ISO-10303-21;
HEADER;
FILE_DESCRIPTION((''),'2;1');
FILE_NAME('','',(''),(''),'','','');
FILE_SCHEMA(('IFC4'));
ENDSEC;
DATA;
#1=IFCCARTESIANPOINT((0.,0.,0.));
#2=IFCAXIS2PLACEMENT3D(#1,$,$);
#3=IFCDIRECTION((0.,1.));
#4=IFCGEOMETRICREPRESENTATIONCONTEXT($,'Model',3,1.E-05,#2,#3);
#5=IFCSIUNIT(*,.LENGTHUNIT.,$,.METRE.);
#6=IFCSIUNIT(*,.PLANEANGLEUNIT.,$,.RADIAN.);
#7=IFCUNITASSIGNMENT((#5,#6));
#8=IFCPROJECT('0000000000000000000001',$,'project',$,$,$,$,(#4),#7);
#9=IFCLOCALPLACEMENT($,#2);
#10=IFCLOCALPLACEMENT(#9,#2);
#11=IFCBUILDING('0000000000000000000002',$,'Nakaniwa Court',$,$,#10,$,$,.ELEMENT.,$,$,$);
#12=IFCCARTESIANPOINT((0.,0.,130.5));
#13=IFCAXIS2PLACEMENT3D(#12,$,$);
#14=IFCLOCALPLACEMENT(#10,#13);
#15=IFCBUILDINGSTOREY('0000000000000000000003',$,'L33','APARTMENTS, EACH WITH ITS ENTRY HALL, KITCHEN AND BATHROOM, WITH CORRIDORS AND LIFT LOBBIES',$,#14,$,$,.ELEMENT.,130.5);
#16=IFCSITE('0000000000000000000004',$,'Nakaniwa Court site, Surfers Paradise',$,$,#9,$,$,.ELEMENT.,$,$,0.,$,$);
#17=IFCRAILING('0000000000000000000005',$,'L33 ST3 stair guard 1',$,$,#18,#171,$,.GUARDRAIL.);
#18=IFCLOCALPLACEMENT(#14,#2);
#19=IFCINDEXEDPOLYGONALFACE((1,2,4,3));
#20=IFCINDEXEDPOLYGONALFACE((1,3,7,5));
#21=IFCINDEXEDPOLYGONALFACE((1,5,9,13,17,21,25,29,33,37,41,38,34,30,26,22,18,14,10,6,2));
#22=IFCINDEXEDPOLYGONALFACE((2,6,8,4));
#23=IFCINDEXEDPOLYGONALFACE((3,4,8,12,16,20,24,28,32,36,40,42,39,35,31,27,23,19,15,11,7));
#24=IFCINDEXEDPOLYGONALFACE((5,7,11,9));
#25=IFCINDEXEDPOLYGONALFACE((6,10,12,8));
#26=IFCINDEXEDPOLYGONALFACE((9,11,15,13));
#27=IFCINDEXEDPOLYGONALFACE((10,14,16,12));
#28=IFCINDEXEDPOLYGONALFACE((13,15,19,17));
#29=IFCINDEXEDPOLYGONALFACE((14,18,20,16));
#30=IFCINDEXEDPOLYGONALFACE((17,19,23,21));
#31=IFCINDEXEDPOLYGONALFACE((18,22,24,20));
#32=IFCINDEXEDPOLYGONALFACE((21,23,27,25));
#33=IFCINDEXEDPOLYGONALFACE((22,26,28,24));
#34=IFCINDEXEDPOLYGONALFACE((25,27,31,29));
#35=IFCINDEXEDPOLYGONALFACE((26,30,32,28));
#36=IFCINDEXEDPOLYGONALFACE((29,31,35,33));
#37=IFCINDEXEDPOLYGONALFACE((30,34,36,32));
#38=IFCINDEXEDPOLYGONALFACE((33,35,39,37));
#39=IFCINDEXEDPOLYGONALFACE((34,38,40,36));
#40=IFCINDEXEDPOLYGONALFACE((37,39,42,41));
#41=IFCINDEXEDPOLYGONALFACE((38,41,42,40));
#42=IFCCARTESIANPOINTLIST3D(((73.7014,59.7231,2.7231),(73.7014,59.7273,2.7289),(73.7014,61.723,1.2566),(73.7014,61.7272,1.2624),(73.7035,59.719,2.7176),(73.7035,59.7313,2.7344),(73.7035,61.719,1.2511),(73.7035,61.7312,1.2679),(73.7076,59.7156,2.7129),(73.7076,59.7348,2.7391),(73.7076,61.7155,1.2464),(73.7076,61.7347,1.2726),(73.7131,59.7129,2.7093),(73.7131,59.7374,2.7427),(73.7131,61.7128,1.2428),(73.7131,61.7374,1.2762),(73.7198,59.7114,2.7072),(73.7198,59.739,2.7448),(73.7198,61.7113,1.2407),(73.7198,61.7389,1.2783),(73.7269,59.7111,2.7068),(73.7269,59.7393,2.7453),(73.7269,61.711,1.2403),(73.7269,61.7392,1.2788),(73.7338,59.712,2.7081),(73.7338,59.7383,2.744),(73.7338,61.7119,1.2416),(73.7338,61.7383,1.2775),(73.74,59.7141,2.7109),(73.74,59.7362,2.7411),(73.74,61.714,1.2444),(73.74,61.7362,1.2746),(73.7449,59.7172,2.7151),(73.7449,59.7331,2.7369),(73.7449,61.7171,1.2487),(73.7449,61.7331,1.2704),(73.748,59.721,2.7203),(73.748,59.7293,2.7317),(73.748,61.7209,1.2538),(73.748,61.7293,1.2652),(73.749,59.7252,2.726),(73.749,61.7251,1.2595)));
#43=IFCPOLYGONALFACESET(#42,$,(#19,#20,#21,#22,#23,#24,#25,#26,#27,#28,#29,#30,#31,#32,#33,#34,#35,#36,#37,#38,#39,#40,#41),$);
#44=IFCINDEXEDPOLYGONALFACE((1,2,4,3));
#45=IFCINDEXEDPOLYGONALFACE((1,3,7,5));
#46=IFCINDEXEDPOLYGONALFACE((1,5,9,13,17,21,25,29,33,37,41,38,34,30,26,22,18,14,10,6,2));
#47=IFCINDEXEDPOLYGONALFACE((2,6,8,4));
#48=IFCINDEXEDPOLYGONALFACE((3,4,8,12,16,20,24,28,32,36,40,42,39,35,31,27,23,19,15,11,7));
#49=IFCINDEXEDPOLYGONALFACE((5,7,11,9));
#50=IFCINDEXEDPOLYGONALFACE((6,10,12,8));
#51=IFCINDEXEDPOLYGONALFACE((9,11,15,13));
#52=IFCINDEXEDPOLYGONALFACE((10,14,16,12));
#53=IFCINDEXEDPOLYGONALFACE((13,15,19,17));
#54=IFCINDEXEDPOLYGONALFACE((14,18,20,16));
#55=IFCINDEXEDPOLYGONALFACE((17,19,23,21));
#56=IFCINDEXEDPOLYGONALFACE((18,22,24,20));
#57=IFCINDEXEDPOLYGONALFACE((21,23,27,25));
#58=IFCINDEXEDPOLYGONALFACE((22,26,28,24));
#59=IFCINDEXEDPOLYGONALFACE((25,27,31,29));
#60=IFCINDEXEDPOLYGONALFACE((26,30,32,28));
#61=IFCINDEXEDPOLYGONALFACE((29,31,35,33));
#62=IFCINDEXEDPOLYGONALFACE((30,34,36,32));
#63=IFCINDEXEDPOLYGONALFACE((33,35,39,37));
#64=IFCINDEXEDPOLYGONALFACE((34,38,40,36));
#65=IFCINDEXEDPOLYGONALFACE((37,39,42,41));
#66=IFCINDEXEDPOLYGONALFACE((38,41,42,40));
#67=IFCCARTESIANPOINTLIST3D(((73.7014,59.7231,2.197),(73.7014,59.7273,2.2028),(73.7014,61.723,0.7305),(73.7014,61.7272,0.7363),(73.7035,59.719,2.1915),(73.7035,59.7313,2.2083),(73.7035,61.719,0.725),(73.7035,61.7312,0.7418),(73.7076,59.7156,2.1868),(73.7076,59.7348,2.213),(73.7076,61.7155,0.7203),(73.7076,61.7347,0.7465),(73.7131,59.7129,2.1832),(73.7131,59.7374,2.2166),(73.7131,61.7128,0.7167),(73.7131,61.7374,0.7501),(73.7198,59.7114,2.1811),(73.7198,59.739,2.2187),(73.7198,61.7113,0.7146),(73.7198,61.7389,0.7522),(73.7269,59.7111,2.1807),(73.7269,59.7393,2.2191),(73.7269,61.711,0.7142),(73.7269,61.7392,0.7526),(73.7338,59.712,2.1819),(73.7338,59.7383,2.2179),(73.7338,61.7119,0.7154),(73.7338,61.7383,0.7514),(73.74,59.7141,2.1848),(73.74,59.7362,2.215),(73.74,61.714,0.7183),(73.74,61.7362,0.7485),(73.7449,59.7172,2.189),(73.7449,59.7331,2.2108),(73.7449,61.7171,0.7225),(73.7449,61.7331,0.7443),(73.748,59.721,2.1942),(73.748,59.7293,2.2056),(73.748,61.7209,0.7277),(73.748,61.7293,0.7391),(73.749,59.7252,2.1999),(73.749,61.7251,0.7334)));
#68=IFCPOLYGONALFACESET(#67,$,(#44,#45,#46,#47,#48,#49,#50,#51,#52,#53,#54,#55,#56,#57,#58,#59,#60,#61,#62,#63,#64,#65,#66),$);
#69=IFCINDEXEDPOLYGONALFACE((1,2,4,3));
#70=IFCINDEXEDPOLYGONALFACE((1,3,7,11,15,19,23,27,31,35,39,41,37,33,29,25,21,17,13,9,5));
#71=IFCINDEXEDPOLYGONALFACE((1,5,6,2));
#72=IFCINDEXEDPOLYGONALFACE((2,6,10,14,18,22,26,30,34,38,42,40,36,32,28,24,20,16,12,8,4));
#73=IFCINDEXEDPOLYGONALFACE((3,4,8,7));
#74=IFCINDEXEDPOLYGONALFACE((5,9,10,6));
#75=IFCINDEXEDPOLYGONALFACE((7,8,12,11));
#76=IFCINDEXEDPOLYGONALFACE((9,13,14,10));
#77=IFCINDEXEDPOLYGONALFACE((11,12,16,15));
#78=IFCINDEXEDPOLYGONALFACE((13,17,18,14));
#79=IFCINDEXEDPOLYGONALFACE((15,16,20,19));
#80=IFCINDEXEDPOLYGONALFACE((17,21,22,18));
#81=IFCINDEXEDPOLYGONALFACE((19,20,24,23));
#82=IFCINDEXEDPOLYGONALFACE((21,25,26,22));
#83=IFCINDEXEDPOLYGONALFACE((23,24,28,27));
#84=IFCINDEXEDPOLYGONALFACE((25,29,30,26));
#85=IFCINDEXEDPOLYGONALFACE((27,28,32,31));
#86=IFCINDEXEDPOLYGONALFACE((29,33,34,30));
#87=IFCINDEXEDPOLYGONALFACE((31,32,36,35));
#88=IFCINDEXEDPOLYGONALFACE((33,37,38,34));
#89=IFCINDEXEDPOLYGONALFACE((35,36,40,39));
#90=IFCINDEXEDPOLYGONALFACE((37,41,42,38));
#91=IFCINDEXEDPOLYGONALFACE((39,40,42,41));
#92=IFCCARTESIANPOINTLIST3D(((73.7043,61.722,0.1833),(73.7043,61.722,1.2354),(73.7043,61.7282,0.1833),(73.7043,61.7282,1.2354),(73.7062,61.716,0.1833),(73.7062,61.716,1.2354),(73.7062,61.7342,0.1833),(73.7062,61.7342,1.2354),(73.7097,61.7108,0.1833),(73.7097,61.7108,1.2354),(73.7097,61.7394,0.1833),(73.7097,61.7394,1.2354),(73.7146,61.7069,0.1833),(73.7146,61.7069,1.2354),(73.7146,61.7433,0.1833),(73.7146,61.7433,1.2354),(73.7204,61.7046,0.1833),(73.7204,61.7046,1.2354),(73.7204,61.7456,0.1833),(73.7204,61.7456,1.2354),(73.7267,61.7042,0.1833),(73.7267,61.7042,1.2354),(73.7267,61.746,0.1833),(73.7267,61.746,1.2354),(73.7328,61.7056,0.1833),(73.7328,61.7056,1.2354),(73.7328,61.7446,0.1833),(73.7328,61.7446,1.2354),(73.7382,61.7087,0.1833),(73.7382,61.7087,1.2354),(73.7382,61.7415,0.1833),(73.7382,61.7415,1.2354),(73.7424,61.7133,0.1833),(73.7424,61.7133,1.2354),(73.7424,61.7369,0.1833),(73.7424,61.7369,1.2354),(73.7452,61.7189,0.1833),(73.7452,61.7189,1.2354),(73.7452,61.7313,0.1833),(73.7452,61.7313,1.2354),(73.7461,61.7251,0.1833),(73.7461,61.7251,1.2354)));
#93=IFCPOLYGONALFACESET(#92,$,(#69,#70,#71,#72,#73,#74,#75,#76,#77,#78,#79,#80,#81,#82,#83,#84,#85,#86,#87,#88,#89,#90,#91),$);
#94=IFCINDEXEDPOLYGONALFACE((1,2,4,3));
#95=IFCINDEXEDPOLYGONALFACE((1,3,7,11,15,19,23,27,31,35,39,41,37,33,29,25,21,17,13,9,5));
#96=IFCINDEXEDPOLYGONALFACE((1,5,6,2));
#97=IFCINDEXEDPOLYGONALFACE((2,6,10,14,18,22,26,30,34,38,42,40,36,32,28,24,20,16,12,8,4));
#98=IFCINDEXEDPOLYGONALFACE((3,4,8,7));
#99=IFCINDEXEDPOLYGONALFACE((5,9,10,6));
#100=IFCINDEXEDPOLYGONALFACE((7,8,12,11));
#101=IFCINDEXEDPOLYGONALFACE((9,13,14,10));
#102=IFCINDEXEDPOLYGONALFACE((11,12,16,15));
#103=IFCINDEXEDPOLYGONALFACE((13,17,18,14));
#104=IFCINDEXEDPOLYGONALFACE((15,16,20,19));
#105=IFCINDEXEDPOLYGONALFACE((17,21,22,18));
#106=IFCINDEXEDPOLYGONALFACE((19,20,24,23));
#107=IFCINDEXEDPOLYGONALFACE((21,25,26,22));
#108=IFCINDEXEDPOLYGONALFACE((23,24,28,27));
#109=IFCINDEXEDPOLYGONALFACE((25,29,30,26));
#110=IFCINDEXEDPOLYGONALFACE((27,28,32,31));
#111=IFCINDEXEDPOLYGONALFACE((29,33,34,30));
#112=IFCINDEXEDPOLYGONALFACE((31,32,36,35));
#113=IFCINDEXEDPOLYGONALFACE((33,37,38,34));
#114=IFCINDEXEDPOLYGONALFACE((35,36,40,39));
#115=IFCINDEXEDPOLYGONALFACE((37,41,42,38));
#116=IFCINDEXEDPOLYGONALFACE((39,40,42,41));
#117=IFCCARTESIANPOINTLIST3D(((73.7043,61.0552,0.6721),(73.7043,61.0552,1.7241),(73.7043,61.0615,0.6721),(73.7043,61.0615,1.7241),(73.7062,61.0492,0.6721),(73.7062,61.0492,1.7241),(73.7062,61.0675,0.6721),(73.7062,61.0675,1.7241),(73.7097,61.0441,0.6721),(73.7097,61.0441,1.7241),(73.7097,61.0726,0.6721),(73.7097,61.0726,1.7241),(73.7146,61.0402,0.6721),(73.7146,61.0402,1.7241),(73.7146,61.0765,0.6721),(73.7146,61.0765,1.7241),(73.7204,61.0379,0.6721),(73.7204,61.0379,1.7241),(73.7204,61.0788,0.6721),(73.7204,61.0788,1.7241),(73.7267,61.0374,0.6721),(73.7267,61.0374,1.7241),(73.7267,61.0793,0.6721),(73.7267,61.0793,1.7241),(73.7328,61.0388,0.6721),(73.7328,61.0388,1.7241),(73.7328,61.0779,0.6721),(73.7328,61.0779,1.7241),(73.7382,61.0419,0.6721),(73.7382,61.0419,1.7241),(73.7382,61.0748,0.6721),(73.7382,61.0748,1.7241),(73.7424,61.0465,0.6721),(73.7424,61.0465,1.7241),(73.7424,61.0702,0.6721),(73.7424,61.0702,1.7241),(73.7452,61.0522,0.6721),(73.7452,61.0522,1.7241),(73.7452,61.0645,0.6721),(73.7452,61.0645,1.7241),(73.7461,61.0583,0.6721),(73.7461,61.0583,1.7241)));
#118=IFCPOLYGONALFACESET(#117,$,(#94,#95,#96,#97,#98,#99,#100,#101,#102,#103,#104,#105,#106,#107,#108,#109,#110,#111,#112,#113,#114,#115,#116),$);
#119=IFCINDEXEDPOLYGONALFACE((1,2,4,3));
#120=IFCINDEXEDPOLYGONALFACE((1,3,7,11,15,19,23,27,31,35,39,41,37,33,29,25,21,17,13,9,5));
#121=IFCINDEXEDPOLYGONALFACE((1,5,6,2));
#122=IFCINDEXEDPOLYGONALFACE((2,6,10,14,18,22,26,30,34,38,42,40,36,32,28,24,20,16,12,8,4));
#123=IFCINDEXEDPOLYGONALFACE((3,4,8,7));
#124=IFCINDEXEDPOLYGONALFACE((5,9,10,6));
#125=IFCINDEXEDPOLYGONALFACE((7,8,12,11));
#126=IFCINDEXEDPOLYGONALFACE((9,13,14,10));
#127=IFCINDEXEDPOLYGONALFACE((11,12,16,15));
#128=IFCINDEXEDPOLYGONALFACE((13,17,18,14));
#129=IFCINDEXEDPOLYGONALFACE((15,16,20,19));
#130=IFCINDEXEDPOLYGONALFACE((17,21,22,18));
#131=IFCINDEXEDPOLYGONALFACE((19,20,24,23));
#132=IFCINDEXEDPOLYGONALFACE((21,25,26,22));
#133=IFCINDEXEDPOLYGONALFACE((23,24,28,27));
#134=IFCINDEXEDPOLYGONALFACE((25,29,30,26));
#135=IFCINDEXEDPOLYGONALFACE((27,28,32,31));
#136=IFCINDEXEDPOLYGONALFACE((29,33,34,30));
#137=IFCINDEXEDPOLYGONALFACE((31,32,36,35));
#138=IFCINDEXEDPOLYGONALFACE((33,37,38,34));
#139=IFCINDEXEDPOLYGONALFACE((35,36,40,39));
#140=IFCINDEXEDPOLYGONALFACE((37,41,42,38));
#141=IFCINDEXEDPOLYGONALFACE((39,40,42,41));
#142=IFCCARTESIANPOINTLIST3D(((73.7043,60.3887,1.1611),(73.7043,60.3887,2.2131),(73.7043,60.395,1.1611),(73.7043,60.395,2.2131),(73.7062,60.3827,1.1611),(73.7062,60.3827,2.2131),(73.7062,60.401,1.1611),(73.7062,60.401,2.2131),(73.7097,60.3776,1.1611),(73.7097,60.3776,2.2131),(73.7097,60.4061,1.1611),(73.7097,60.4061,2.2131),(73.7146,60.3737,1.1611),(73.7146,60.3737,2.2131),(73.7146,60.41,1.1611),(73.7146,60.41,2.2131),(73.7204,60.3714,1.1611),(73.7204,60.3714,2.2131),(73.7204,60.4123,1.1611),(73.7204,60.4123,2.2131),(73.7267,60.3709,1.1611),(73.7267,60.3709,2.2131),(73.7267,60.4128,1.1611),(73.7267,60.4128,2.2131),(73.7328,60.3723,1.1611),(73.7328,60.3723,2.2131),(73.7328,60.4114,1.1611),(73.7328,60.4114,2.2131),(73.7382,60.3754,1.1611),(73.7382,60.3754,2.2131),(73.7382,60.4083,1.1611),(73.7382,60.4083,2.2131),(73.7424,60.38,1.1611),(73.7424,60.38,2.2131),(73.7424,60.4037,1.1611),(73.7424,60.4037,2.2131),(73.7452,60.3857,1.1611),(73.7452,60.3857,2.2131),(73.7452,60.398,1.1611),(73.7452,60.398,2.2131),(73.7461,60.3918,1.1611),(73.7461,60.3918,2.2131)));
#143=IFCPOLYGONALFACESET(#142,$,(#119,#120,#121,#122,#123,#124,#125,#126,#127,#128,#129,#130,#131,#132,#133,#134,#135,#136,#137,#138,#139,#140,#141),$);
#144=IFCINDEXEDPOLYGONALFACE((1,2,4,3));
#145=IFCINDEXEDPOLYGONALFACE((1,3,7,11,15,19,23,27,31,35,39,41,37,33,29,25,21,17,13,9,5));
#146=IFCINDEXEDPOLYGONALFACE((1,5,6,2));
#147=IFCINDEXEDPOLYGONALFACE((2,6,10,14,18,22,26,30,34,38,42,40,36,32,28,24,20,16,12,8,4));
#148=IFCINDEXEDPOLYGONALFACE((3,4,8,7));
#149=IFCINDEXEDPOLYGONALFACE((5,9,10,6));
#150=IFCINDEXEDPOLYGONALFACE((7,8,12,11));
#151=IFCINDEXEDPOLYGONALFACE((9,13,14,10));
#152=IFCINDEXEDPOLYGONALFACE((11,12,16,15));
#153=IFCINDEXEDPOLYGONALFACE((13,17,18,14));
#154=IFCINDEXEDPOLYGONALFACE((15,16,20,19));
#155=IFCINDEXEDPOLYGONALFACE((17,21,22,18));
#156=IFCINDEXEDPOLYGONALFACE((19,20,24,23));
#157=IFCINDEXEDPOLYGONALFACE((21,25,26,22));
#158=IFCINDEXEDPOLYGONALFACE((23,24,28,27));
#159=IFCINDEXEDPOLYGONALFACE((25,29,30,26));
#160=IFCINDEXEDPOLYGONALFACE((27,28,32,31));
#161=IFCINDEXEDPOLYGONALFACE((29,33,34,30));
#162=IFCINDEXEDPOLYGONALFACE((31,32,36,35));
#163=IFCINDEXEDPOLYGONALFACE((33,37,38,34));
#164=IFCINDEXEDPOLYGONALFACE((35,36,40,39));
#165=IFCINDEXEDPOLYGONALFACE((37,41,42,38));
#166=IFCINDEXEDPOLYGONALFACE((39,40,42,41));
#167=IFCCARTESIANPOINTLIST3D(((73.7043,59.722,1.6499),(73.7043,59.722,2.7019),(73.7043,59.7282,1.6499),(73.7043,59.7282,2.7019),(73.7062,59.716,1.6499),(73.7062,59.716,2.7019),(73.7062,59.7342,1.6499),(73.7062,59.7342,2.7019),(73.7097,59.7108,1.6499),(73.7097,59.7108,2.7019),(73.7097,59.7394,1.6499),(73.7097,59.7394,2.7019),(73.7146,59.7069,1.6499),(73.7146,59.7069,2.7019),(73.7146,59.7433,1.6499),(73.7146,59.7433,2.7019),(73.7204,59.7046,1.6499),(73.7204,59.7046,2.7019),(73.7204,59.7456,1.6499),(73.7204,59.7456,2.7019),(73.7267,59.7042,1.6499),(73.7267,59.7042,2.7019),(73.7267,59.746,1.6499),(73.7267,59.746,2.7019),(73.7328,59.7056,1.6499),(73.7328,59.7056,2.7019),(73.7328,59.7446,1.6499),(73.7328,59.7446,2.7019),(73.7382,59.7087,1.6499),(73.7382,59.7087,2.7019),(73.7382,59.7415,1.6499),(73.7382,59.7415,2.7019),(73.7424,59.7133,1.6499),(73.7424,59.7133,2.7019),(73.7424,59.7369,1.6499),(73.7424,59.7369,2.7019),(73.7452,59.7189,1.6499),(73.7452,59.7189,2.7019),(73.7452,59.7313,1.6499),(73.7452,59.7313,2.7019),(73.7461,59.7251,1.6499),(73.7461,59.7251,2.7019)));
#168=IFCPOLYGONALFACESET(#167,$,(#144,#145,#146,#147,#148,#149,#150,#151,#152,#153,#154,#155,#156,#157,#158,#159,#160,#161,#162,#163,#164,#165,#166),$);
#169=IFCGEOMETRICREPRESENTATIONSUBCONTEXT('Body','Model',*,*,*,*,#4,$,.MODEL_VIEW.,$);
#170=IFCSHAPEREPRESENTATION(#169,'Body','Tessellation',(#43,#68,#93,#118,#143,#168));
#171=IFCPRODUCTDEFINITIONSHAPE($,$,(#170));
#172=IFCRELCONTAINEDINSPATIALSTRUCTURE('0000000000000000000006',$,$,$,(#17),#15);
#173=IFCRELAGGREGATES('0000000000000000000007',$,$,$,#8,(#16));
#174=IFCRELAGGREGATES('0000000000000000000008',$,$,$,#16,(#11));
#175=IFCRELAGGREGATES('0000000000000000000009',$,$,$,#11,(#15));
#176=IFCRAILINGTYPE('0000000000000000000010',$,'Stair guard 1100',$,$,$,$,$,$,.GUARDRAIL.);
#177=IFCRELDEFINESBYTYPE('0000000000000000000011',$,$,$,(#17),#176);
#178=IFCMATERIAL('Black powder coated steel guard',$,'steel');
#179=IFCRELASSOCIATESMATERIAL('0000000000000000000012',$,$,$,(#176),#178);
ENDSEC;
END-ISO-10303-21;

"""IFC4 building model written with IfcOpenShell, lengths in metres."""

from ifc_helpers import new_model, si_unit, direction, frame, origin, origin_2d, place, context, subcontext, project, spatial, circle, extrude, material, type_object, element, save


model = new_model("IFC4")

# Units and contexts
model_context = context("Model", 3, precision=1e-05, world=origin(), true_north=direction((0.0, 1.0)))
body_context = subcontext(model_context, "Body", "Model", "MODEL_VIEW")
ifc_project = project(units=[si_unit("LENGTHUNIT", "METRE"), si_unit("PLANEANGLEUNIT", "RADIAN")], contexts=[model_context])

# Site, building, storey
site_placement = place(None, origin())
site = spatial("IfcSite", under=ifc_project, at=site_placement, Name="Nakaniwa Court site, Surfers Paradise", CompositionType="ELEMENT", RefElevation=0.0)
building_placement = place(site_placement, origin())
building = spatial("IfcBuilding", under=site, at=building_placement, Name="Nakaniwa Court", CompositionType="ELEMENT")
storey_placement = place(building_placement, frame((0.0, 0.0, 130.5)))
storey = spatial("IfcBuildingStorey", under=building, at=storey_placement, Name="L33", Description="APARTMENTS, EACH WITH ITS ENTRY HALL, KITCHEN AND BATHROOM, WITH CORRIDORS AND LIFT LOBBIES", CompositionType="ELEMENT", Elevation=130.5)

# Railing
ifc_material_1 = material(Name="Black powder coated steel guard", Category="steel")
railing_type_1 = type_object("IfcRailingType", Name="Stair guard 1100", PredefinedType="GUARDRAIL", material=ifc_material_1)
railing_1_placement = place(storey_placement, frame((73.7251, 61.7251, 0.1833)))
element("IfcRailing", 1, at=railing_1_placement, inside=storey, type_object=railing_type_1, Name="L33 ST3 stair guard 1", PredefinedType="GUARDRAIL", context=body_context, shape_type="SweptSolid", body=[
    extrude(circle(Radius=0.0239, at=origin_2d()), frame((0.0, 0.0, 1.0762), z_axis=(0.0, -0.806427, 0.591334), x_axis=(1.0, 0.0, 0.0)), (0.0, 0.0, 1.0), 2.48),
    extrude(circle(Radius=0.0239, at=origin_2d()), frame((0.0, 0.0, 0.55), z_axis=(0.0, -0.806427, 0.591334), x_axis=(1.0, 0.0, 0.0)), (0.0, 0.0, 1.0), 2.48),
    extrude(circle(Radius=0.021, at=origin_2d()), origin(), (0.0, 0.0, 1.0), 1.052),
    extrude(circle(Radius=0.021, at=origin_2d()), frame((0.0, -0.6667, 0.4888)), (0.0, 0.0, 1.0), 1.052),
    extrude(circle(Radius=0.021, at=origin_2d()), frame((0.0, -1.3333, 0.9778)), (0.0, 0.0, 1.0), 1.052),
    extrude(circle(Radius=0.021, at=origin_2d()), frame((0.0, -2.0, 1.4666)), (0.0, 0.0, 1.0), 1.052),
])

save(model, "model.ifc")
